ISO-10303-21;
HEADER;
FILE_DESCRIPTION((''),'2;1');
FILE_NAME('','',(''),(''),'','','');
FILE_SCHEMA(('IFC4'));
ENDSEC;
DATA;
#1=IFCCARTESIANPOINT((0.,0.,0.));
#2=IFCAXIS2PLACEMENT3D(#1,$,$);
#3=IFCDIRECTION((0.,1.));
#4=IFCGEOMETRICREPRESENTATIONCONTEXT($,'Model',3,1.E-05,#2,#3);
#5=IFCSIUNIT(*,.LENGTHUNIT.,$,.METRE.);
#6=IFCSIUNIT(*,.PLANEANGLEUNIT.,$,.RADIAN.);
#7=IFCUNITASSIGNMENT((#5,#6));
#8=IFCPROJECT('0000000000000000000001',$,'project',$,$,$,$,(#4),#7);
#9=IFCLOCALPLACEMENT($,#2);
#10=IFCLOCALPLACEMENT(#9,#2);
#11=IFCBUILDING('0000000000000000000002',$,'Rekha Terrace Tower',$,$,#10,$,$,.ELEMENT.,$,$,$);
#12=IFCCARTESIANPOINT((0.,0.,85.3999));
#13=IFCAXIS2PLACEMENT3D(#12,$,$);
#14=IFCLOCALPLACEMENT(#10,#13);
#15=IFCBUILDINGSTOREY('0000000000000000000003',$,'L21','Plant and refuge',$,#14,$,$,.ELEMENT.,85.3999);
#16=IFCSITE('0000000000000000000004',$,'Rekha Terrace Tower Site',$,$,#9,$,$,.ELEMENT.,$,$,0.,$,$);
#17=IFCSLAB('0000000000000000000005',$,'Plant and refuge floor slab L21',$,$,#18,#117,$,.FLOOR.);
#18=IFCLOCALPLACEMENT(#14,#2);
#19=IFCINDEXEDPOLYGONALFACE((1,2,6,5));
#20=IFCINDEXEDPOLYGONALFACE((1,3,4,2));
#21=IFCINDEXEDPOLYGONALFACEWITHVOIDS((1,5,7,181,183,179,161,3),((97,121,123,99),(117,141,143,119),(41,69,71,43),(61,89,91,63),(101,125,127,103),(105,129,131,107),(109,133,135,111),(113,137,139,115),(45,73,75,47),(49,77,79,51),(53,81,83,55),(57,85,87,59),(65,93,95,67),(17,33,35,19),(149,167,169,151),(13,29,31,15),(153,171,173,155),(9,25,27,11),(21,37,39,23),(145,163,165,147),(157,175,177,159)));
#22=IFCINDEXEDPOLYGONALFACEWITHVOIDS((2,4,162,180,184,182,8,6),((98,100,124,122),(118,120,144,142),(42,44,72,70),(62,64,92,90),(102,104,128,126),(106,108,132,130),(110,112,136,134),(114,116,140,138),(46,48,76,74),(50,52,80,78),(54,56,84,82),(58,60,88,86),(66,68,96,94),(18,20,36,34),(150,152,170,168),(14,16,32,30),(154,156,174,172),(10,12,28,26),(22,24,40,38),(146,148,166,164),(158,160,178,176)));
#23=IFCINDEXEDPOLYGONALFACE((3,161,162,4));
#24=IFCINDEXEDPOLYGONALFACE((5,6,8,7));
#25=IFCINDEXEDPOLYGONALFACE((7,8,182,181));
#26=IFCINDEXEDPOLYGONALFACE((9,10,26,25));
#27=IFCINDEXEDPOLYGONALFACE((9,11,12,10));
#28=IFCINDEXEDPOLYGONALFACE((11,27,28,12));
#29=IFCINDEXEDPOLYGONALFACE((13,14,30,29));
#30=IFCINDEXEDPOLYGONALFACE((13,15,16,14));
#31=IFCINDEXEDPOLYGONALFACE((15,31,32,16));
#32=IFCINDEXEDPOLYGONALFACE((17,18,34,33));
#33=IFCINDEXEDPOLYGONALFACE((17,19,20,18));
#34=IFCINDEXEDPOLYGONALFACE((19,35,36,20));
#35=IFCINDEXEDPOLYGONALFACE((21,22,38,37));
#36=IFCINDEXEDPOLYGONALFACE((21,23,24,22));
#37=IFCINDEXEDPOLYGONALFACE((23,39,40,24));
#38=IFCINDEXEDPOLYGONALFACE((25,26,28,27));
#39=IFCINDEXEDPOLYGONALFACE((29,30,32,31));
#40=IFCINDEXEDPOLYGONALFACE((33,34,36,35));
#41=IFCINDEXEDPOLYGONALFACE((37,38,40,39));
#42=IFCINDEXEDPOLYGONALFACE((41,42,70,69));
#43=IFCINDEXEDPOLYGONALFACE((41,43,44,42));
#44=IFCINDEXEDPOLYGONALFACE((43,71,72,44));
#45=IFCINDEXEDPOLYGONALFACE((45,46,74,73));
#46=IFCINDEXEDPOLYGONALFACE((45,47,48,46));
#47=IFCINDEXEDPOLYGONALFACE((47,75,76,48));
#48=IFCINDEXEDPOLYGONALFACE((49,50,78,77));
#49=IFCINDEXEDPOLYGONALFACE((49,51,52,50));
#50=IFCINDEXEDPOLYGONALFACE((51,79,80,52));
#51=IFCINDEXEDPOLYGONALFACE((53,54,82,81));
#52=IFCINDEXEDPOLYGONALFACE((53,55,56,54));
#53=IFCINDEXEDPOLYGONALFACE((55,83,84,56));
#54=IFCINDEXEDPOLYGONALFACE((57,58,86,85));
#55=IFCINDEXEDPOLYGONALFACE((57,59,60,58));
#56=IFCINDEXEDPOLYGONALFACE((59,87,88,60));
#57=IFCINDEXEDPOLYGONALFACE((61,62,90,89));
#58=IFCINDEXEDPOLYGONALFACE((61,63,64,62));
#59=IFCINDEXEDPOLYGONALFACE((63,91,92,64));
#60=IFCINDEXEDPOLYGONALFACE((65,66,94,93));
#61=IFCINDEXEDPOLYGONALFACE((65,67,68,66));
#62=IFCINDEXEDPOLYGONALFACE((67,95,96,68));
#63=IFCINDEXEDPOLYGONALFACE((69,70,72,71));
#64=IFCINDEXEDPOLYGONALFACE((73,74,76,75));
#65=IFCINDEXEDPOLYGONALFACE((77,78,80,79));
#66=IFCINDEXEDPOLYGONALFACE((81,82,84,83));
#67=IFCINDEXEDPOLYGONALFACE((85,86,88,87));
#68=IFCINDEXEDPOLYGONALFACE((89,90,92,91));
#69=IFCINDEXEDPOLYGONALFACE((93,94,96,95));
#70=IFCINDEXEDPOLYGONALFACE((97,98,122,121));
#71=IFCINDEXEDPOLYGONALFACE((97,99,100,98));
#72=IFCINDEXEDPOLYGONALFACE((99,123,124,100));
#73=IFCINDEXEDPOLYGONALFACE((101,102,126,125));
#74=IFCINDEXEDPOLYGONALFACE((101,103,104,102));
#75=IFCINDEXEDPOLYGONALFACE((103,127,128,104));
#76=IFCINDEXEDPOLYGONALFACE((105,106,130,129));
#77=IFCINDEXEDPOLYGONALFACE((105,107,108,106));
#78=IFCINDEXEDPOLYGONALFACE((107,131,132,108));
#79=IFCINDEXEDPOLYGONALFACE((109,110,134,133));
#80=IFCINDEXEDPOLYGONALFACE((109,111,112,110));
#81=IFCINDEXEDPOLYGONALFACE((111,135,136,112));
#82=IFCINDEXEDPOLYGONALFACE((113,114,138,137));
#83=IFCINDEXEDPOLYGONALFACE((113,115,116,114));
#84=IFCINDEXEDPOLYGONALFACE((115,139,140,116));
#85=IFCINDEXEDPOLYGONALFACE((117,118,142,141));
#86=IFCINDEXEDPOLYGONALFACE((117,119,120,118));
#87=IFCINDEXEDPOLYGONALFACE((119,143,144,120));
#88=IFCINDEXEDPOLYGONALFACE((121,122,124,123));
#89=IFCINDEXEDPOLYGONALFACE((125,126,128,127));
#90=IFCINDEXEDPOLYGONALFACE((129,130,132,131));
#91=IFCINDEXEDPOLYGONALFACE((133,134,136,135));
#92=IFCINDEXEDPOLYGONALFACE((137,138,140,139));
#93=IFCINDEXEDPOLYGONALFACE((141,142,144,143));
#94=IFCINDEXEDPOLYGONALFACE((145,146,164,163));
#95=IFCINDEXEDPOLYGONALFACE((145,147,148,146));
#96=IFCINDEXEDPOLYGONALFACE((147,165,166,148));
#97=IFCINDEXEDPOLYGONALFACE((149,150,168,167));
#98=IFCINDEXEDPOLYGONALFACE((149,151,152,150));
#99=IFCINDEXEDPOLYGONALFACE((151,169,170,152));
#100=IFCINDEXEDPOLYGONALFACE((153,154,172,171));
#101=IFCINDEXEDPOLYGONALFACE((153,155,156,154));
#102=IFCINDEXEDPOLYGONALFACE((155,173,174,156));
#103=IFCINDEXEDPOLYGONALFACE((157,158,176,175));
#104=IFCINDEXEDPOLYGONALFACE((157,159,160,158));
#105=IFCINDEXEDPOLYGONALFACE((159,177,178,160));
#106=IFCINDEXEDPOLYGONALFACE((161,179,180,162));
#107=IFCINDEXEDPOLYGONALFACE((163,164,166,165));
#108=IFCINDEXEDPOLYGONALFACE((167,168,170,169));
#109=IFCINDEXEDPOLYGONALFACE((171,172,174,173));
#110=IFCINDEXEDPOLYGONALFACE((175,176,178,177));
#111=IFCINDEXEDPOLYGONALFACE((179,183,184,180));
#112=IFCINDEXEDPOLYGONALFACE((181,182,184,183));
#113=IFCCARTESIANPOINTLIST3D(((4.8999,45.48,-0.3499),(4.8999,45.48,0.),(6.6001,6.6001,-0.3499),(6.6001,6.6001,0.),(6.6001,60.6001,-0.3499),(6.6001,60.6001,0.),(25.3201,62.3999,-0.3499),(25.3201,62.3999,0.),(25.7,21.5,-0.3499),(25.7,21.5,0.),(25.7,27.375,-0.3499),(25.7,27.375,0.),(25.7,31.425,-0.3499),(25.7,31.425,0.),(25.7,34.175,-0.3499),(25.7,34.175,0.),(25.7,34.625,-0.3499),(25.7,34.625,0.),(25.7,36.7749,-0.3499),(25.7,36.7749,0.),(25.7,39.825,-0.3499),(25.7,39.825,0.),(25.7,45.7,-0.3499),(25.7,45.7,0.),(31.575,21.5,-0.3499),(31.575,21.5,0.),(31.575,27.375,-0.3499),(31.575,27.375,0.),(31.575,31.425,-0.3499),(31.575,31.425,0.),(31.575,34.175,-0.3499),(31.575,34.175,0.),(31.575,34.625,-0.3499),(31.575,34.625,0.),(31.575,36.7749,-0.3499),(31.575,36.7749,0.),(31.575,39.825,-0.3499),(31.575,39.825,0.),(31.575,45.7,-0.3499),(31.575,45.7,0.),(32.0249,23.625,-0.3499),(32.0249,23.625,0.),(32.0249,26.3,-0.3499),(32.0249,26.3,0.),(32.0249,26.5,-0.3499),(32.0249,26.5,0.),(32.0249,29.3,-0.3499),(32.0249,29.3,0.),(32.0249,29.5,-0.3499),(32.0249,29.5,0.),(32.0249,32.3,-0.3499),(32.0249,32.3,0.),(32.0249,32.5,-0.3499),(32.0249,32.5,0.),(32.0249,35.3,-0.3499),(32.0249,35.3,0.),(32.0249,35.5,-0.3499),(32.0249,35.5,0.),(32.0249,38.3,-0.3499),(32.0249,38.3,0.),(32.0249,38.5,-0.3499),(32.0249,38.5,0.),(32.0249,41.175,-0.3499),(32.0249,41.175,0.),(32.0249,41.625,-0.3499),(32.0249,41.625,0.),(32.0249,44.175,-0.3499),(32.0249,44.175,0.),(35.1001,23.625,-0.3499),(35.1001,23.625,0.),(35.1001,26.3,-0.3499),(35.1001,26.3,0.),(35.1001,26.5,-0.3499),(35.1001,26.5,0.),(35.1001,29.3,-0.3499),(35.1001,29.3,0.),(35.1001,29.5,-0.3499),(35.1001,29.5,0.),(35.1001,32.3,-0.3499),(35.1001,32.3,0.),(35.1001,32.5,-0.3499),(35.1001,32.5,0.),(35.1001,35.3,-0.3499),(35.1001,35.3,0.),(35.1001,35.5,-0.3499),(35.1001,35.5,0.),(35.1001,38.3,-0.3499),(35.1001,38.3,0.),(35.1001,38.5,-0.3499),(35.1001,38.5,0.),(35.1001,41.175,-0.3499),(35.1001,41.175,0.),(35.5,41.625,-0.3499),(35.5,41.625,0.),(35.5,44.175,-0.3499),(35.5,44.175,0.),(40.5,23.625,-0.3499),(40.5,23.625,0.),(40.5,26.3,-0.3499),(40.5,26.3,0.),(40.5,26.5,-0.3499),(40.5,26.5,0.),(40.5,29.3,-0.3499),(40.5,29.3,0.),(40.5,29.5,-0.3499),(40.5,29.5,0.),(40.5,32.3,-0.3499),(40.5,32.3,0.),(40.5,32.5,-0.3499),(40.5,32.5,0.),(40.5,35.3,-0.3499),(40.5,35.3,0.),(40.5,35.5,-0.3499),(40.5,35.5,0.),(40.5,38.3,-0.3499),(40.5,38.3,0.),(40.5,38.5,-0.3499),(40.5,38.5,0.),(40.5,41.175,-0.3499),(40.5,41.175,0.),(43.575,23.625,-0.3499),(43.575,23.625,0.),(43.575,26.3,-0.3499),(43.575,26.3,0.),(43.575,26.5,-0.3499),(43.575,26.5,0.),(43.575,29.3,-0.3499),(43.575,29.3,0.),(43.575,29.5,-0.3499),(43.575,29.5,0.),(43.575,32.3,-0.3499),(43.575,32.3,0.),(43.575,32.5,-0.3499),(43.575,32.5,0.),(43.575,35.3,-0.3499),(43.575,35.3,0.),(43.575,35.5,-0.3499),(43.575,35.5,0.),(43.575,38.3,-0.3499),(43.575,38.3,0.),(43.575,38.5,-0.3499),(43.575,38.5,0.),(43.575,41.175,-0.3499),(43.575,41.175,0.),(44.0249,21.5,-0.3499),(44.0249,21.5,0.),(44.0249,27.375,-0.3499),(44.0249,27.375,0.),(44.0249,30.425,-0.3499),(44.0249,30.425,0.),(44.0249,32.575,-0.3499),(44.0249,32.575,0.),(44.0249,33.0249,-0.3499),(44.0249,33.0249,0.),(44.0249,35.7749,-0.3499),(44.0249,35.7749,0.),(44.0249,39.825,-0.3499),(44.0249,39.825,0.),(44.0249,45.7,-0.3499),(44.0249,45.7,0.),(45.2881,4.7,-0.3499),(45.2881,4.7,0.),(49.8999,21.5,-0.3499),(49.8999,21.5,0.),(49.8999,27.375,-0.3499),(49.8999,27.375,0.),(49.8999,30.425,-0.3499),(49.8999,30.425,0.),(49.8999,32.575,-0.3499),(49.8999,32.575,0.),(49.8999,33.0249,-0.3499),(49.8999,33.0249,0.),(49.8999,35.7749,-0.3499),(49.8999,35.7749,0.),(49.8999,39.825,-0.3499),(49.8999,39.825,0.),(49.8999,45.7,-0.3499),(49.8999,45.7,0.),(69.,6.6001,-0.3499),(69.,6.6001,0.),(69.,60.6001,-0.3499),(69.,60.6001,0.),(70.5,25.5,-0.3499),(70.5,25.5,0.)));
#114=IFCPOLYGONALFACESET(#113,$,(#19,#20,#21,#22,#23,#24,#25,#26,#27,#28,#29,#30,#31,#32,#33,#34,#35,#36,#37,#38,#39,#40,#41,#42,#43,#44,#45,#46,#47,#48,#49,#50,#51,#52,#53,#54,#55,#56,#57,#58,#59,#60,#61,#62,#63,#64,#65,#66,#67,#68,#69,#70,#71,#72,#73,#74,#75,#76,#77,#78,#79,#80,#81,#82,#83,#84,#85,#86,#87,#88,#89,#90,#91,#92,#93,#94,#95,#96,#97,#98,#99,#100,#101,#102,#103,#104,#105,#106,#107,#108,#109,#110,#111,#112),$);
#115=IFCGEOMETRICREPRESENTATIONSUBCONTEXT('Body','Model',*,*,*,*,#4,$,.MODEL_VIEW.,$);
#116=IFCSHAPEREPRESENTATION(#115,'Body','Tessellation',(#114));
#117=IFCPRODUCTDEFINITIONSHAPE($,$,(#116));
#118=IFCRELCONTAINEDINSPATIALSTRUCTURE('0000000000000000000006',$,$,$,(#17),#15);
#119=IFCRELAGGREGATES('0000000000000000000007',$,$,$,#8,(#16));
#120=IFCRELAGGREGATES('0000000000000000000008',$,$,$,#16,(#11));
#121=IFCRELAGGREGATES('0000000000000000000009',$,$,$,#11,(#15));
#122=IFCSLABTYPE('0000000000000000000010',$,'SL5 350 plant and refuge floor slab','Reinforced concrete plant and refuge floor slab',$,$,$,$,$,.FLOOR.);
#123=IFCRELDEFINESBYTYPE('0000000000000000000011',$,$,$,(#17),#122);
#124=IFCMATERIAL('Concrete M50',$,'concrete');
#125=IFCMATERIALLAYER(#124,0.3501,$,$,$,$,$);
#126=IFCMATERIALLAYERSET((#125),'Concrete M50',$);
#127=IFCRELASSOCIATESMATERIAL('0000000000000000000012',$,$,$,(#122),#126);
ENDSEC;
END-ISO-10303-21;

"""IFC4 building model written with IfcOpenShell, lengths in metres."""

from ifc_helpers import new_model, si_unit, direction, frame, origin, place, context, subcontext, project, spatial, polyline, outline, extrude, material, layer, layer_set, type_object, element, save


model = new_model("IFC4")

# Units and contexts
model_context = context("Model", 3, precision=1e-05, world=origin(), true_north=direction((0.0, 1.0)))
body_context = subcontext(model_context, "Body", "Model", "MODEL_VIEW")
ifc_project = project(units=[si_unit("LENGTHUNIT", "METRE"), si_unit("PLANEANGLEUNIT", "RADIAN")], contexts=[model_context])

# Site, building, storey
site_placement = place(None, origin())
site = spatial("IfcSite", under=ifc_project, at=site_placement, Name="Rekha Terrace Tower Site", CompositionType="ELEMENT", RefElevation=0.0)
building_placement = place(site_placement, origin())
building = spatial("IfcBuilding", under=site, at=building_placement, Name="Rekha Terrace Tower", CompositionType="ELEMENT")
storey_placement = place(building_placement, frame((0.0, 0.0, 85.3999)))
storey = spatial("IfcBuildingStorey", under=building, at=storey_placement, Name="L21", Description="Plant and refuge", CompositionType="ELEMENT", Elevation=85.3999)

# Slab
ifc_material_1 = material(Name="Concrete M50", Category="concrete")
ifc_layer_1 = layer(ifc_material_1, 0.3501)
ifc_layer_set_1 = layer_set([ifc_layer_1], Name="Concrete M50")
slab_type_1 = type_object("IfcSlabType", Name="SL5 350 plant and refuge floor slab", Description="Reinforced concrete plant and refuge floor slab", PredefinedType="FLOOR", material=ifc_layer_set_1)
slab_1_placement = place(storey_placement, frame((0.0, 0.0, -0.3499)))
element("IfcSlab", 1, at=slab_1_placement, inside=storey, type_object=slab_type_1, Name="Plant and refuge floor slab L21", PredefinedType="FLOOR", context=body_context, shape_type="SweptSolid", body=[
    extrude(outline(polyline([(4.8999, 45.48), (6.6001, 6.6001), (45.2881, 4.7), (69.0, 6.6001), (70.5, 25.5), (69.0, 60.6001), (25.3201, 62.3999), (6.6001, 60.6001), (4.8999, 45.48)]), holes=[polyline([(31.575, 27.375), (31.575, 21.5), (25.7, 21.5), (25.7, 27.375), (31.575, 27.375)]), polyline([(35.1001, 26.3), (35.1001, 23.625), (32.0249, 23.625), (32.0249, 26.3), (35.1001, 26.3)]), polyline([(35.1001, 29.3), (35.1001, 26.5), (32.0249, 26.5), (32.0249, 29.3), (35.1001, 29.3)]), polyline([(35.1001, 29.5), (32.0249, 29.5), (32.0249, 32.3), (35.1001, 32.3), (35.1001, 29.5)]), polyline([(31.575, 31.425), (25.7, 31.425), (25.7, 34.175), (31.575, 34.175), (31.575, 31.425)]), polyline([(35.1001, 35.3), (35.1001, 32.5), (32.0249, 32.5), (32.0249, 35.3), (35.1001, 35.3)]), polyline([(31.575, 36.7749), (31.575, 34.625), (25.7, 34.625), (25.7, 36.7749), (31.575, 36.7749)]), polyline([(35.1001, 38.3), (35.1001, 35.5), (32.0249, 35.5), (32.0249, 38.3), (35.1001, 38.3)]), polyline([(35.1001, 38.5), (32.0249, 38.5), (32.0249, 41.175), (35.1001, 41.175), (35.1001, 38.5)]), polyline([(31.575, 39.825), (25.7, 39.825), (25.7, 45.7), (31.575, 45.7), (31.575, 39.825)]), polyline([(35.5, 44.175), (35.5, 41.625), (32.0249, 41.625), (32.0249, 44.175), (35.5, 44.175)]), polyline([(49.8999, 27.375), (49.8999, 21.5), (44.0249, 21.5), (44.0249, 27.375), (49.8999, 27.375)]), polyline([(43.575, 26.3), (43.575, 23.625), (40.5, 23.625), (40.5, 26.3), (43.575, 26.3)]), polyline([(43.575, 26.5), (40.5, 26.5), (40.5, 29.3), (43.575, 29.3), (43.575, 26.5)]), polyline([(43.575, 29.5), (40.5, 29.5), (40.5, 32.3), (43.575, 32.3), (43.575, 29.5)]), polyline([(49.8999, 32.575), (49.8999, 30.425), (44.0249, 30.425), (44.0249, 32.575), (49.8999, 32.575)]), polyline([(43.575, 32.5), (40.5, 32.5), (40.5, 35.3), (43.575, 35.3), (43.575, 32.5)]), polyline([(49.8999, 33.0249), (44.0249, 33.0249), (44.0249, 35.7749), (49.8999, 35.7749), (49.8999, 33.0249)]), polyline([(43.575, 38.3), (43.575, 35.5), (40.5, 35.5), (40.5, 38.3), (43.575, 38.3)]), polyline([(43.575, 38.5), (40.5, 38.5), (40.5, 41.175), (43.575, 41.175), (43.575, 38.5)]), polyline([(49.8999, 39.825), (44.0249, 39.825), (44.0249, 45.7), (49.8999, 45.7), (49.8999, 39.825)])]), origin(), (0.0, 0.0, 1.0), 0.3499),
])

save(model, "model.ifc")
